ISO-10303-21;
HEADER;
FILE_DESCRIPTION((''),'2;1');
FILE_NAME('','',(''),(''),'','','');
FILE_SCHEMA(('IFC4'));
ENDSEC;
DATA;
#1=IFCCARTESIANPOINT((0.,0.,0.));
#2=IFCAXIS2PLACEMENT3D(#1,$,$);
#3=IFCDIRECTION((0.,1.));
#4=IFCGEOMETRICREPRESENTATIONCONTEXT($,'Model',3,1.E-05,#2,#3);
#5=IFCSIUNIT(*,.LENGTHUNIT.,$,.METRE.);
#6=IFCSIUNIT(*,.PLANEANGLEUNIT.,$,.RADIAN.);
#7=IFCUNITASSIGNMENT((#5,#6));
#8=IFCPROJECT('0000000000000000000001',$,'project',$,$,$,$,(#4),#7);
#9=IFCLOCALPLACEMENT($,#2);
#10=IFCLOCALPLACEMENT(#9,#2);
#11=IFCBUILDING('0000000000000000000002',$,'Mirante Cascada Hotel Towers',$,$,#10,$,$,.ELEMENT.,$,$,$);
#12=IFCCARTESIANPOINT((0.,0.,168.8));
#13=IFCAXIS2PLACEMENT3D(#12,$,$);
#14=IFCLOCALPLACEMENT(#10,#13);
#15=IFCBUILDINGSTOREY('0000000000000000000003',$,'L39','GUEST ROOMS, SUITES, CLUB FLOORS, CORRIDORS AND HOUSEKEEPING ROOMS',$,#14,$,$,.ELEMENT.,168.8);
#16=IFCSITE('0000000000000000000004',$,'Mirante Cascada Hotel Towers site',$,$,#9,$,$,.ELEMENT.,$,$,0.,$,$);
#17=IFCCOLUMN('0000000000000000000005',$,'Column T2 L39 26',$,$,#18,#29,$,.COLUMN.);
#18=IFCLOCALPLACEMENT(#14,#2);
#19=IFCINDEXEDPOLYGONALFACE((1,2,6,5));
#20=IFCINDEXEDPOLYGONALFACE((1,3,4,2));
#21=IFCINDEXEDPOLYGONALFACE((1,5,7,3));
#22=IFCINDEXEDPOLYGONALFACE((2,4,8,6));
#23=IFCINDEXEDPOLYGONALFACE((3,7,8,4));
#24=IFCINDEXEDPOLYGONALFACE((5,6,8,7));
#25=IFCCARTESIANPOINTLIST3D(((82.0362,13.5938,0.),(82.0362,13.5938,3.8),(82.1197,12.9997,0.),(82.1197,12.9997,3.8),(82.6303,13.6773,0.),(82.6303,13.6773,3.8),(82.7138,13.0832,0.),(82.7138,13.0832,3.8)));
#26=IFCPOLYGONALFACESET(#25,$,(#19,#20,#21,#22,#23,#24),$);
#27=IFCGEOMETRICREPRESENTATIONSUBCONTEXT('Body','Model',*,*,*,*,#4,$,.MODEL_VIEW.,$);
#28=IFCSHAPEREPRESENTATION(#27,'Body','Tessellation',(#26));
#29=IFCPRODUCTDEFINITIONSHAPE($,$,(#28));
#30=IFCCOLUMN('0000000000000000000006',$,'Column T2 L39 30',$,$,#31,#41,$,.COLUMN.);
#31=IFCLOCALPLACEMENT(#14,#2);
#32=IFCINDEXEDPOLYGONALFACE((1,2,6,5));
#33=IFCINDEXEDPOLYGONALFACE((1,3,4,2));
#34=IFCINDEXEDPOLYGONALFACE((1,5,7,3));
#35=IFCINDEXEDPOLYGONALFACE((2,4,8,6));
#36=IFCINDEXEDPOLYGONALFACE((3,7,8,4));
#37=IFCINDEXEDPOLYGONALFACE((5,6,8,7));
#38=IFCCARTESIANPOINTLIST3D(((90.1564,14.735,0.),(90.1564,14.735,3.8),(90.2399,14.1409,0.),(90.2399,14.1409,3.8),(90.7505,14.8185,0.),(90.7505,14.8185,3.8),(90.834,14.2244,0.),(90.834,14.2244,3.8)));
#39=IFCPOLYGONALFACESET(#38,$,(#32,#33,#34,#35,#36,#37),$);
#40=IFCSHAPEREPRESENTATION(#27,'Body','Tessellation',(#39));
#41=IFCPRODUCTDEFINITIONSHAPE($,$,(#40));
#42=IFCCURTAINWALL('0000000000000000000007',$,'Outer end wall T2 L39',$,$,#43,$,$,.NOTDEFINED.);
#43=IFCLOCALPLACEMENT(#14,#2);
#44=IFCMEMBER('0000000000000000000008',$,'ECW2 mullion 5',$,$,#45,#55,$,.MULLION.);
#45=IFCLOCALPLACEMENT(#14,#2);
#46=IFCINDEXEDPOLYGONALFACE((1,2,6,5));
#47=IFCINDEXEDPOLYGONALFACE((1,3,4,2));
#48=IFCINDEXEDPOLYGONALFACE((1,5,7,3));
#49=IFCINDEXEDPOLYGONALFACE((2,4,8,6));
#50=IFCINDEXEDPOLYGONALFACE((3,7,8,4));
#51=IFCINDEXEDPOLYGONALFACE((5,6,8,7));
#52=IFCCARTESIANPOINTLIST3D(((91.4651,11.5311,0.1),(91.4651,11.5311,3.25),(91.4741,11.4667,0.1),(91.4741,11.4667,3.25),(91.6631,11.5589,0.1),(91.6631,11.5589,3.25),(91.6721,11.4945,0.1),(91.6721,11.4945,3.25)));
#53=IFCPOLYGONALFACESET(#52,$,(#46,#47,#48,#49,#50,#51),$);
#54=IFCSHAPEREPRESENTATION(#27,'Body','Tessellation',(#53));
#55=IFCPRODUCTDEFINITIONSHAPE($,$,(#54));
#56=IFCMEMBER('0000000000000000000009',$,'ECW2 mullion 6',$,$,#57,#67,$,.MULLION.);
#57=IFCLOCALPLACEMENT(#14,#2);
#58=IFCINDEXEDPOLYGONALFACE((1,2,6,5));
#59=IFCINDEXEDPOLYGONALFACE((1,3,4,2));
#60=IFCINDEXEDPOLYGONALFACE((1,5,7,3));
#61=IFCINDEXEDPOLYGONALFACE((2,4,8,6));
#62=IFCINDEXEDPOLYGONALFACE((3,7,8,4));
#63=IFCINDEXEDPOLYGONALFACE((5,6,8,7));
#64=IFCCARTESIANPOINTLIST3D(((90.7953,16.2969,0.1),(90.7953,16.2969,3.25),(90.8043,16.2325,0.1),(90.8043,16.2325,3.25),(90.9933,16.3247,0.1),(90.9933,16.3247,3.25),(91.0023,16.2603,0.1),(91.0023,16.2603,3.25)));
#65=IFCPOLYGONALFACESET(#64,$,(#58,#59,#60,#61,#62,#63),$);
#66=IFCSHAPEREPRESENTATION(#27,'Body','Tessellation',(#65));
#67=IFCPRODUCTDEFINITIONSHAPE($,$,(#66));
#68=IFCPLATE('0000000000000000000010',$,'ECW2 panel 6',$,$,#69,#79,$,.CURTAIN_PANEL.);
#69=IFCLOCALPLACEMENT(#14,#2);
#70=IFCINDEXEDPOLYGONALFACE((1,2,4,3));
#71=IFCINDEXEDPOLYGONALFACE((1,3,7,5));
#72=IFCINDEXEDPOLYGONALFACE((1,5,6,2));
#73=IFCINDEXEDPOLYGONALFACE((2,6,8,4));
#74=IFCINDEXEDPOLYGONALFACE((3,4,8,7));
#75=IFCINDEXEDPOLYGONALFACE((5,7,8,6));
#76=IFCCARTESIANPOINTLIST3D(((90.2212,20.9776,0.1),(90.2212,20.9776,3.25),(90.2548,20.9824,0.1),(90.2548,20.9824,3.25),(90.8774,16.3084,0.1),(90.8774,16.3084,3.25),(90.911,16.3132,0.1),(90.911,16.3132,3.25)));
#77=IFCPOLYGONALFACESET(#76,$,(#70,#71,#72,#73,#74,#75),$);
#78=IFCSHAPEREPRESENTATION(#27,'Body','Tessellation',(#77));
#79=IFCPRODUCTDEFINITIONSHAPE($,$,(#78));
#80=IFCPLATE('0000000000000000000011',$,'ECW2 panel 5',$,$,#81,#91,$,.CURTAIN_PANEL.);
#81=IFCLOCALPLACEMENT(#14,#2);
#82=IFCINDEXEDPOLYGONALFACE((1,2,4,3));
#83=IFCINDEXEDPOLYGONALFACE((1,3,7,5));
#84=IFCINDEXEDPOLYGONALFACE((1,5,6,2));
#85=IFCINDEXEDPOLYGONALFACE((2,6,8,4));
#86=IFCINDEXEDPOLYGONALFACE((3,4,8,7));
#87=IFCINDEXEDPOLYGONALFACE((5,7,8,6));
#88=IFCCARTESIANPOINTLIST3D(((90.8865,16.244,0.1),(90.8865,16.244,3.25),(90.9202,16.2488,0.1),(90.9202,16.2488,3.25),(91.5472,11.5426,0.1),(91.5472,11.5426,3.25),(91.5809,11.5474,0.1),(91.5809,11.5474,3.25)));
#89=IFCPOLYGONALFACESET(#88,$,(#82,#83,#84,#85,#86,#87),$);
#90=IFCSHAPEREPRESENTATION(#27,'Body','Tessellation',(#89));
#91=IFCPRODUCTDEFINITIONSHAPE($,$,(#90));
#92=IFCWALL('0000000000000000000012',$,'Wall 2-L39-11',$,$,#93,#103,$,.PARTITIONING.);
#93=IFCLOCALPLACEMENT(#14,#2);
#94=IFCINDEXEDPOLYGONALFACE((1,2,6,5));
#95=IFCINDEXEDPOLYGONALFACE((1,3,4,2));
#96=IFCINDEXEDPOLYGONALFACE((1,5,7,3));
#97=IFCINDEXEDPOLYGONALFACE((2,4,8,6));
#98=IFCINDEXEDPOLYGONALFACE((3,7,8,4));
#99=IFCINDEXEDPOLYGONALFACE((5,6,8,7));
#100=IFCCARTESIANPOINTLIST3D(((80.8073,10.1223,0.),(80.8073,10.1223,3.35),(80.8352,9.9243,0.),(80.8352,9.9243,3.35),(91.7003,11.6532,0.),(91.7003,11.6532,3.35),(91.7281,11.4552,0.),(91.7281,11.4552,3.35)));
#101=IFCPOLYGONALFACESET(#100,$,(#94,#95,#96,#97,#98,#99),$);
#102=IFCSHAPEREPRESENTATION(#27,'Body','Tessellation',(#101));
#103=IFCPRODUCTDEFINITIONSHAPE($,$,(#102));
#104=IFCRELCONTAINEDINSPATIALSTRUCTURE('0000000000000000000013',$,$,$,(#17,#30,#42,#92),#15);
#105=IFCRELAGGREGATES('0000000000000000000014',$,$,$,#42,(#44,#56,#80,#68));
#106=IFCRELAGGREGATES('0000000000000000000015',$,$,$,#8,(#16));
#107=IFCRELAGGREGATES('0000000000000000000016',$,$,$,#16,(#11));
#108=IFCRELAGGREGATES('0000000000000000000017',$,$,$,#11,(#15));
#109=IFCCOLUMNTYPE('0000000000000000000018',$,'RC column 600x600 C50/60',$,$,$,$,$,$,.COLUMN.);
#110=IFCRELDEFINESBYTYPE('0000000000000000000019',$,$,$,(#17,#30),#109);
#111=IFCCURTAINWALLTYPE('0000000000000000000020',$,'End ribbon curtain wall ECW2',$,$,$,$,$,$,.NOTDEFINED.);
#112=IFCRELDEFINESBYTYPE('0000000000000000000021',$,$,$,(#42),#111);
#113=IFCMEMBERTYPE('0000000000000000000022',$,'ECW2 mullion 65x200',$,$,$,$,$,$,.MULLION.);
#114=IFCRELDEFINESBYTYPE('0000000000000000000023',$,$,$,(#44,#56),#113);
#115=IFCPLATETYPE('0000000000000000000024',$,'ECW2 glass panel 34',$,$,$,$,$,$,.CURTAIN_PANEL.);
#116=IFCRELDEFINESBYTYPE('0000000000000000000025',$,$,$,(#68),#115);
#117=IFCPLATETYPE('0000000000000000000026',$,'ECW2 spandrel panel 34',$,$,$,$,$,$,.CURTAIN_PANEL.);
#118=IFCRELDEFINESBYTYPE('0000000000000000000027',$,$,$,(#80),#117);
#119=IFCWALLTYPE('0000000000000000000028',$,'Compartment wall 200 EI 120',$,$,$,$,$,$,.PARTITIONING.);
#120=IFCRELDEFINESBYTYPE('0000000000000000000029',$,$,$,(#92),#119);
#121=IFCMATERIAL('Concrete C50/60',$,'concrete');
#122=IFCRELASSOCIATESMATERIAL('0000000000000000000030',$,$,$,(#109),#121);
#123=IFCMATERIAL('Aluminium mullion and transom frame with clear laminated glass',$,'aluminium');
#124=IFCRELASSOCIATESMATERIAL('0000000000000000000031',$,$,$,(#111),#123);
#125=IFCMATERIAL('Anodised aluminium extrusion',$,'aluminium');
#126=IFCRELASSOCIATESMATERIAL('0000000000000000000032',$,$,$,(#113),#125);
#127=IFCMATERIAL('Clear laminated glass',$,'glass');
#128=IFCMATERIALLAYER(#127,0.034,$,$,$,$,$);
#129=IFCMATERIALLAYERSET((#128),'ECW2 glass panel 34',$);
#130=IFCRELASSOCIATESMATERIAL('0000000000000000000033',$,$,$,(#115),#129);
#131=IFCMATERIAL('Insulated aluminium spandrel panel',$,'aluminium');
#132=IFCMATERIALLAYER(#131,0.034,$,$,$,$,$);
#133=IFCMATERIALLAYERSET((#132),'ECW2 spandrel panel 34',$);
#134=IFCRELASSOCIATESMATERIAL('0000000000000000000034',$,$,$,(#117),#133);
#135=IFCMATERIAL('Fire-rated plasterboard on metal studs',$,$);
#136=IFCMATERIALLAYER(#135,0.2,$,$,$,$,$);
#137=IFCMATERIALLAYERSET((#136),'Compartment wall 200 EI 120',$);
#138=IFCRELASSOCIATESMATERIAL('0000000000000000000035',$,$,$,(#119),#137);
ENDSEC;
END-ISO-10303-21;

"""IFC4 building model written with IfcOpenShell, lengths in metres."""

from ifc_helpers import new_model, si_unit, direction, frame, frame_2d, origin, origin_2d, place, context, subcontext, project, spatial, rectangle, extrude, material, layer, layer_set, material_profile, profile_set, type_object, element, aggregate, save


model = new_model("IFC4")

# Units and contexts
model_context = context("Model", 3, precision=1e-05, world=origin(), true_north=direction((0.0, 1.0)))
body_context = subcontext(model_context, "Body", "Model", "MODEL_VIEW")
ifc_project = project(units=[si_unit("LENGTHUNIT", "METRE"), si_unit("PLANEANGLEUNIT", "RADIAN")], contexts=[model_context])

# Site, building, storey
site_placement = place(None, origin())
site = spatial("IfcSite", under=ifc_project, at=site_placement, Name="Mirante Cascada Hotel Towers site", CompositionType="ELEMENT", RefElevation=0.0)
building_placement = place(site_placement, origin())
building = spatial("IfcBuilding", under=site, at=building_placement, Name="Mirante Cascada Hotel Towers", CompositionType="ELEMENT")
storey_placement = place(building_placement, frame((0.0, 0.0, 168.8)))
storey = spatial("IfcBuildingStorey", under=building, at=storey_placement, Name="L39", Description="GUEST ROOMS, SUITES, CLUB FLOORS, CORRIDORS AND HOUSEKEEPING ROOMS", CompositionType="ELEMENT", Elevation=168.8)

# Columns
ifc_material_1 = material(Name="Concrete C50/60", Category="concrete")
ifc_material_profile_1 = material_profile(ifc_material_1, rectangle(XDim=0.6, YDim=0.6, at=origin_2d()), Name="RC column 600x600 C50/60")
ifc_profile_set_1 = profile_set([ifc_material_profile_1], Name="Concrete C50/60")
column_type = type_object("IfcColumnType", Name="RC column 600x600 C50/60", PredefinedType="COLUMN", material=ifc_profile_set_1)
for number, where, z_axis, x_axis, name in (
    (1, (82.375, 13.3385, 0.0), (0.0, 0.0, 1.0), (0.990268, 0.139173, 0.0), "Column T2 L39 26"),
    (2, (90.4952, 14.4797, 0.0), (0.0, 0.0, 1.0), (0.990268, 0.139173, 0.0), "Column T2 L39 30"),
):
    element("IfcColumn", number, at=place(storey_placement, frame(where, z_axis=z_axis, x_axis=x_axis)), inside=storey, type_object=column_type, Name=name, PredefinedType="COLUMN", context=body_context, shape_type="SweptSolid", body=[
        extrude(rectangle(XDim=0.6, YDim=0.6, at=origin_2d()), origin(), (0.0, 0.0, 1.0), 3.8),
    ])

# Curtain wall, members, plates
ifc_material_2 = material(Name="Aluminium mullion and transom frame with clear laminated glass", Category="aluminium")
curtain_wall_type = type_object("IfcCurtainWallType", Name="End ribbon curtain wall ECW2", PredefinedType="NOTDEFINED", material=ifc_material_2)
curtain_wall_placement = place(storey_placement, origin())
curtain_wall = element("IfcCurtainWall", 3, at=curtain_wall_placement, inside=storey, type_object=curtain_wall_type, Name="Outer end wall T2 L39", PredefinedType="NOTDEFINED")
ifc_material_3 = material(Name="Anodised aluminium extrusion", Category="aluminium")
ifc_material_profile_2 = material_profile(ifc_material_3, rectangle(XDim=0.2, YDim=0.065, at=origin_2d()), Name="ECW2 MULLION 65x200")
ifc_profile_set_2 = profile_set([ifc_material_profile_2], Name="Anodised aluminium extrusion")
member_type = type_object("IfcMemberType", Name="ECW2 mullion 65x200", PredefinedType="MULLION", material=ifc_profile_set_2)
member_1_placement = place(storey_placement, frame((91.5686, 11.5128, 0.1), z_axis=(0.0, 0.0, 1.0), x_axis=(-0.990268, -0.139173, 0.0)))
member_1 = element("IfcMember", 4, at=member_1_placement, type_object=member_type, Name="ECW2 mullion 5", PredefinedType="MULLION", context=body_context, shape_type="SweptSolid", body=[
    extrude(rectangle(XDim=0.2, YDim=0.065, at=origin_2d()), origin(), (0.0, 0.0, 1.0), 3.15),
])
member_2_placement = place(storey_placement, frame((90.8988, 16.2786, 0.1), z_axis=(0.0, 0.0, 1.0), x_axis=(-0.990268, -0.139173, 0.0)))
member_2 = element("IfcMember", 5, at=member_2_placement, type_object=member_type, Name="ECW2 mullion 6", PredefinedType="MULLION", context=body_context, shape_type="SweptSolid", body=[
    extrude(rectangle(XDim=0.2, YDim=0.065, at=origin_2d()), origin(), (0.0, 0.0, 1.0), 3.15),
])
ifc_material_4 = material(Name="Clear laminated glass", Category="glass")
ifc_layer_1 = layer(ifc_material_4, 0.034)
ifc_layer_set_1 = layer_set([ifc_layer_1], Name="ECW2 glass panel 34")
plate_type_1 = type_object("IfcPlateType", Name="ECW2 glass panel 34", PredefinedType="CURTAIN_PANEL", material=ifc_layer_set_1)
plate_1_placement = place(storey_placement, frame((90.5661, 18.6454, 0.1), z_axis=(0.0, 0.0, 1.0), x_axis=(-0.139173, 0.990268, 0.0)))
plate_1 = element("IfcPlate", 6, at=plate_1_placement, type_object=plate_type_1, Name="ECW2 panel 6", PredefinedType="CURTAIN_PANEL", context=body_context, shape_type="SweptSolid", body=[
    extrude(rectangle(XDim=4.7151, YDim=0.034, at=origin_2d()), origin(), (0.0, 0.0, 1.0), 3.15),
])
ifc_material_5 = material(Name="Insulated aluminium spandrel panel", Category="aluminium")
ifc_layer_2 = layer(ifc_material_5, 0.034)
ifc_layer_set_2 = layer_set([ifc_layer_2], Name="ECW2 spandrel panel 34")
plate_type_2 = type_object("IfcPlateType", Name="ECW2 spandrel panel 34", PredefinedType="CURTAIN_PANEL", material=ifc_layer_set_2)
plate_2_placement = place(storey_placement, frame((91.2337, 13.8957, 0.1), z_axis=(0.0, 0.0, 1.0), x_axis=(-0.139173, 0.990268, 0.0)))
plate_2 = element("IfcPlate", 7, at=plate_2_placement, type_object=plate_type_2, Name="ECW2 panel 5", PredefinedType="CURTAIN_PANEL", context=body_context, shape_type="SweptSolid", body=[
    extrude(rectangle(XDim=4.7476, YDim=0.034, at=origin_2d()), origin(), (0.0, 0.0, 1.0), 3.15),
])
aggregate(curtain_wall, [member_1, member_2, plate_2, plate_1])

# Wall
ifc_material_6 = material(Name="Fire-rated plasterboard on metal studs")
ifc_layer_3 = layer(ifc_material_6, 0.2)
ifc_layer_set_3 = layer_set([ifc_layer_3], Name="Compartment wall 200 EI 120")
wall_type_1 = type_object("IfcWallType", Name="Compartment wall 200 EI 120", PredefinedType="PARTITIONING", material=ifc_layer_set_3)
wall_1_placement = place(storey_placement, frame((91.7142, 11.5542, 0.0), z_axis=(0.0, 0.0, 1.0), x_axis=(-0.990268, -0.139173, 0.0)))
element("IfcWall", 8, at=wall_1_placement, inside=storey, type_object=wall_type_1, Name="Wall 2-L39-11", PredefinedType="PARTITIONING", context=body_context, shape_type="SweptSolid", body=[
    extrude(rectangle(XDim=11.0, YDim=0.2, at=frame_2d((5.5, 0.0))), origin(), (0.0, 0.0, 1.0), 3.35),
])

save(model, "model.ifc")
